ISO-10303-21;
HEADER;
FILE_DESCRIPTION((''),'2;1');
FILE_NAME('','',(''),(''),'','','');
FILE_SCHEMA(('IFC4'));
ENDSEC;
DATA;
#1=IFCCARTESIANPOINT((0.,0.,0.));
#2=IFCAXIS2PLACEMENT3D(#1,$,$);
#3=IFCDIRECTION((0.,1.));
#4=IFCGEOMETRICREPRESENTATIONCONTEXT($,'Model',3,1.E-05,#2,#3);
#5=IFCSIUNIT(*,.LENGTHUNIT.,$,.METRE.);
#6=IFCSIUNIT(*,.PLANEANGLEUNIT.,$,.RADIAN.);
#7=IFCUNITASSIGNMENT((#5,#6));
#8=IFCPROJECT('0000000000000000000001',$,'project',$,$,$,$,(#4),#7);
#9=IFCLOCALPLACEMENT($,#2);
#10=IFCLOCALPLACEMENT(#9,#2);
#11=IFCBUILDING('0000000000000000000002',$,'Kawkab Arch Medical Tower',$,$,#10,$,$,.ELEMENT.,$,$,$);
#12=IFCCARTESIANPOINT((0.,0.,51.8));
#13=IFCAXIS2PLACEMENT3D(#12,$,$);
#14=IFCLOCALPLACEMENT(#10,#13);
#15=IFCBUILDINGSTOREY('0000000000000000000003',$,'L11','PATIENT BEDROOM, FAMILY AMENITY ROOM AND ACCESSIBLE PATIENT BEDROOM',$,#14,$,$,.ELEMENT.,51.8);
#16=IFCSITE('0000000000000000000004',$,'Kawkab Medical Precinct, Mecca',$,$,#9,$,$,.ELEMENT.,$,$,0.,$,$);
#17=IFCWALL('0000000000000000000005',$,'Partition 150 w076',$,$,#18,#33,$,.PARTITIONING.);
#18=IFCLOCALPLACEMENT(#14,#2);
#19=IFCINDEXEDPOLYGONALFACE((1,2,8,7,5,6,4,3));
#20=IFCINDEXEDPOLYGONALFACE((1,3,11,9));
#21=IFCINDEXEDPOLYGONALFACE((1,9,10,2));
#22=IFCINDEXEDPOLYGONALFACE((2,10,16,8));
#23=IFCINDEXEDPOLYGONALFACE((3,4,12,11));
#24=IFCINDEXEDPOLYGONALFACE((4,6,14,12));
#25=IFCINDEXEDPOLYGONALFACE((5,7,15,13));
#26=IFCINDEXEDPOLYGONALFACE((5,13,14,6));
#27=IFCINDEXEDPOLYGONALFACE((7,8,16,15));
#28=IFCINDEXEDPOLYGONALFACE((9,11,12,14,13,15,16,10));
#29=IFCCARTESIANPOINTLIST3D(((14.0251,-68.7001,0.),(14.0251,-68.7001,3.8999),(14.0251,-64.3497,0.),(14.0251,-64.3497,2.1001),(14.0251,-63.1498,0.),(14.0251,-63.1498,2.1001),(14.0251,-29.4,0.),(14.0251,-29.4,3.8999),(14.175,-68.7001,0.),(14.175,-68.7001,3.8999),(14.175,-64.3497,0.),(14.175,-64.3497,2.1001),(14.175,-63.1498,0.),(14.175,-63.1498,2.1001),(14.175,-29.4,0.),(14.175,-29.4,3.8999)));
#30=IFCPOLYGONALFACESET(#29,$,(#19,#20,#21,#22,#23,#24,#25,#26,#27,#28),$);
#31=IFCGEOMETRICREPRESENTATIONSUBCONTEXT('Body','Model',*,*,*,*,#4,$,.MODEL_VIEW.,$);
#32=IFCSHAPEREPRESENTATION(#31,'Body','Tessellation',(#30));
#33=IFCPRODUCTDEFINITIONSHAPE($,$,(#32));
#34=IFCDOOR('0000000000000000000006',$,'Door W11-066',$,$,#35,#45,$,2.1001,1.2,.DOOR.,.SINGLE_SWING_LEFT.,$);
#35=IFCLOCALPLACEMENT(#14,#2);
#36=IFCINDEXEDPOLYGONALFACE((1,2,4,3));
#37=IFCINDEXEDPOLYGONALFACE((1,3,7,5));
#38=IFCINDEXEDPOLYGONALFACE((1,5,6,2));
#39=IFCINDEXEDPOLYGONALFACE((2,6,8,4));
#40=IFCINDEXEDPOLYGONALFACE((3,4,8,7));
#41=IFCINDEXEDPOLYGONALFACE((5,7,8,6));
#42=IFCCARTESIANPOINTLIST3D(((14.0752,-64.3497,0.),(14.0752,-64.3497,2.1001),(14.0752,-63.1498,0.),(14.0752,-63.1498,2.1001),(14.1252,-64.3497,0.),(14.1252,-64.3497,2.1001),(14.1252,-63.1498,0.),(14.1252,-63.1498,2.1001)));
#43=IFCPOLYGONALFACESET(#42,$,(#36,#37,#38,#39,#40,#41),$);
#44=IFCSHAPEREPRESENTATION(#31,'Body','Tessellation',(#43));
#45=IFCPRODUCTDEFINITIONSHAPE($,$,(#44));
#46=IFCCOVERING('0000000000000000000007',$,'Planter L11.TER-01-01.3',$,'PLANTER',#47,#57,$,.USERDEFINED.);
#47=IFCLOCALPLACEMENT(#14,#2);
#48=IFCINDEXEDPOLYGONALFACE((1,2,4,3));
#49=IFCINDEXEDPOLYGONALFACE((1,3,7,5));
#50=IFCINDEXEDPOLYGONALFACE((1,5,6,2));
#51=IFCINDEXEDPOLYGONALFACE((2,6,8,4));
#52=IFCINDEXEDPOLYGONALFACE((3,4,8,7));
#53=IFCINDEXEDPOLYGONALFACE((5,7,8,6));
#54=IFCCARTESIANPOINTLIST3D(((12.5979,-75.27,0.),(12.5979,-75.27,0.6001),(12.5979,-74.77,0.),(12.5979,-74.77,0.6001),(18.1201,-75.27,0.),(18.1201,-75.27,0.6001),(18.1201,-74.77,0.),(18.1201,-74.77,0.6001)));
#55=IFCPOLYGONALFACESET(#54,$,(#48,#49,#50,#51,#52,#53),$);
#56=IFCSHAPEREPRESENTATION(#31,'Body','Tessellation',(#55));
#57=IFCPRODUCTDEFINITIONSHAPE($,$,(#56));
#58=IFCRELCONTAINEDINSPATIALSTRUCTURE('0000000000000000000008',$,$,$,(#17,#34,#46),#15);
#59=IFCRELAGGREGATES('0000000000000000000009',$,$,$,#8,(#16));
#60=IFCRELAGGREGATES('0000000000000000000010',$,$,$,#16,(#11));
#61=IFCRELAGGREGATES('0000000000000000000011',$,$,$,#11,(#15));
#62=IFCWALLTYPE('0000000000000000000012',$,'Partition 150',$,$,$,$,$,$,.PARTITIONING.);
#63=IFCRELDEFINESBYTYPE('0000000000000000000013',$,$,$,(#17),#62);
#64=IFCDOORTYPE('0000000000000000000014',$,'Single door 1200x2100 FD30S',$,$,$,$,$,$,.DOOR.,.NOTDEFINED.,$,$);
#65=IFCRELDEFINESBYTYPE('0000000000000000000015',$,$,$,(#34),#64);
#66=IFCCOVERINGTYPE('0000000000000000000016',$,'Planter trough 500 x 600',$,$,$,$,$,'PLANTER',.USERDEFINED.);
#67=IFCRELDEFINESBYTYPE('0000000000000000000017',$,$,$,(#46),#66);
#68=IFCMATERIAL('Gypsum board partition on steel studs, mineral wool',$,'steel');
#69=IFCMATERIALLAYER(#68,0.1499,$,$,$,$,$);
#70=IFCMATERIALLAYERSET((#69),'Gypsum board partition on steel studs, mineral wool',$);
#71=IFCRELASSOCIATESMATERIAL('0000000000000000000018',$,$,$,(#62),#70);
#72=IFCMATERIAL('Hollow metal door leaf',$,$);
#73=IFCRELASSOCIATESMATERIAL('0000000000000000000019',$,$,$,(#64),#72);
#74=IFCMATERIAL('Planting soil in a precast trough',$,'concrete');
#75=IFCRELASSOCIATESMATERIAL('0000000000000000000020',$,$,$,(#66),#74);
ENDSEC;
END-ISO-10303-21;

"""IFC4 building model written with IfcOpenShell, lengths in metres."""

from ifc_helpers import new_model, si_unit, direction, frame, frame_2d, origin, origin_2d, place, context, subcontext, project, spatial, rectangle, extrude, material, layer, layer_set, material_profile, profile_set, type_object, element, fill, save


model = new_model("IFC4")

# Units and contexts
model_context = context("Model", 3, precision=1e-05, world=origin(), true_north=direction((0.0, 1.0)))
body_context = subcontext(model_context, "Body", "Model", "MODEL_VIEW")
ifc_project = project(units=[si_unit("LENGTHUNIT", "METRE"), si_unit("PLANEANGLEUNIT", "RADIAN")], contexts=[model_context])

# Site, building, storey
site_placement = place(None, origin())
site = spatial("IfcSite", under=ifc_project, at=site_placement, Name="Kawkab Medical Precinct, Mecca", CompositionType="ELEMENT", RefElevation=0.0)
building_placement = place(site_placement, origin())
building = spatial("IfcBuilding", under=site, at=building_placement, Name="Kawkab Arch Medical Tower", CompositionType="ELEMENT")
storey_placement = place(building_placement, frame((0.0, 0.0, 51.8)))
storey = spatial("IfcBuildingStorey", under=building, at=storey_placement, Name="L11", Description="PATIENT BEDROOM, FAMILY AMENITY ROOM AND ACCESSIBLE PATIENT BEDROOM", CompositionType="ELEMENT", Elevation=51.8)

# Shared definitions
ifc_material_1 = material(Name="Gypsum board partition on steel studs, mineral wool", Category="steel")
ifc_layer_1 = layer(ifc_material_1, 0.1499)
ifc_layer_set_1 = layer_set([ifc_layer_1], Name="Gypsum board partition on steel studs, mineral wool")
wall_type_1 = type_object("IfcWallType", Name="Partition 150", PredefinedType="PARTITIONING", material=ifc_layer_set_1)

# Wall, opening, door
wall_1_placement = place(storey_placement, frame((14.1001, -68.7, 0.0), z_axis=(0.0, 0.0, 1.0), x_axis=(0.0, 1.0, 0.0)))
wall_1 = element("IfcWall", 1, at=wall_1_placement, inside=storey, type_object=wall_type_1, Name="Partition 150 w076", PredefinedType="PARTITIONING", context=body_context, shape_type="SweptSolid", body=[
    extrude(rectangle(XDim=39.3, YDim=0.1499, at=frame_2d((19.6499, 0.0))), origin(), (0.0, 0.0, 1.0), 3.8999),
])
opening_1_placement = place(wall_1_placement, frame((4.3501, 0.0, 0.0)))
opening_1 = element("IfcOpeningElement", 2, at=opening_1_placement, cuts=wall_1, PredefinedType="OPENING", context=body_context, shape_type="SweptSolid", body=[
    extrude(rectangle(XDim=1.2, YDim=2.1001, at=frame_2d((0.6001, 1.05))), frame((0.0, 0.085, 0.0), z_axis=(0.0, -1.0, 0.0), x_axis=(1.0, 0.0, 0.0)), (0.0, 0.0, 1.0), 0.1699),
])
ifc_material_2 = material(Name="Hollow metal door leaf")
door_type_1 = type_object("IfcDoorType", Name="Single door 1200x2100 FD30S", OperationType="NOTDEFINED", PredefinedType="DOOR", material=ifc_material_2)
door_1_placement = place(opening_1_placement, origin())
door_1 = element("IfcDoor", 3, at=door_1_placement, inside=storey, type_object=door_type_1, Name="Door W11-066", OperationType="SINGLE_SWING_LEFT", OverallHeight=2.1001, OverallWidth=1.2, PredefinedType="DOOR", context=body_context, shape_type="SweptSolid", body=[
    extrude(rectangle(XDim=1.2, YDim=2.1001, at=frame_2d((0.6001, 1.05))), frame((0.0, 0.0249, 0.0), z_axis=(0.0, -1.0, 0.0), x_axis=(1.0, 0.0, 0.0)), (0.0, 0.0, 1.0), 0.05),
])
fill(opening_1, door_1)

# Covering
ifc_material_3 = material(Name="Planting soil in a precast trough", Category="concrete")
ifc_material_profile = material_profile(ifc_material_3, rectangle(XDim=0.5, YDim=0.6001, at=origin_2d()), Name="Trough 500x600")
ifc_profile_set = profile_set([ifc_material_profile], Name="Planting soil in a precast trough")
covering_type = type_object("IfcCoveringType", Name="Planter trough 500 x 600", ElementType="PLANTER", PredefinedType="USERDEFINED", material=ifc_profile_set)
covering_placement = place(storey_placement, frame((12.5979, -75.02, 0.3), z_axis=(1.0, 0.0, 0.0), x_axis=(0.0, 1.0, 0.0)))
element("IfcCovering", 4, at=covering_placement, inside=storey, type_object=covering_type, Name="Planter L11.TER-01-01.3", ObjectType="PLANTER", PredefinedType="USERDEFINED", context=body_context, shape_type="SweptSolid", body=[
    extrude(rectangle(XDim=0.5, YDim=0.6001, at=origin_2d()), origin(), (0.0, 0.0, 1.0), 5.5222),
])

save(model, "model.ifc")
